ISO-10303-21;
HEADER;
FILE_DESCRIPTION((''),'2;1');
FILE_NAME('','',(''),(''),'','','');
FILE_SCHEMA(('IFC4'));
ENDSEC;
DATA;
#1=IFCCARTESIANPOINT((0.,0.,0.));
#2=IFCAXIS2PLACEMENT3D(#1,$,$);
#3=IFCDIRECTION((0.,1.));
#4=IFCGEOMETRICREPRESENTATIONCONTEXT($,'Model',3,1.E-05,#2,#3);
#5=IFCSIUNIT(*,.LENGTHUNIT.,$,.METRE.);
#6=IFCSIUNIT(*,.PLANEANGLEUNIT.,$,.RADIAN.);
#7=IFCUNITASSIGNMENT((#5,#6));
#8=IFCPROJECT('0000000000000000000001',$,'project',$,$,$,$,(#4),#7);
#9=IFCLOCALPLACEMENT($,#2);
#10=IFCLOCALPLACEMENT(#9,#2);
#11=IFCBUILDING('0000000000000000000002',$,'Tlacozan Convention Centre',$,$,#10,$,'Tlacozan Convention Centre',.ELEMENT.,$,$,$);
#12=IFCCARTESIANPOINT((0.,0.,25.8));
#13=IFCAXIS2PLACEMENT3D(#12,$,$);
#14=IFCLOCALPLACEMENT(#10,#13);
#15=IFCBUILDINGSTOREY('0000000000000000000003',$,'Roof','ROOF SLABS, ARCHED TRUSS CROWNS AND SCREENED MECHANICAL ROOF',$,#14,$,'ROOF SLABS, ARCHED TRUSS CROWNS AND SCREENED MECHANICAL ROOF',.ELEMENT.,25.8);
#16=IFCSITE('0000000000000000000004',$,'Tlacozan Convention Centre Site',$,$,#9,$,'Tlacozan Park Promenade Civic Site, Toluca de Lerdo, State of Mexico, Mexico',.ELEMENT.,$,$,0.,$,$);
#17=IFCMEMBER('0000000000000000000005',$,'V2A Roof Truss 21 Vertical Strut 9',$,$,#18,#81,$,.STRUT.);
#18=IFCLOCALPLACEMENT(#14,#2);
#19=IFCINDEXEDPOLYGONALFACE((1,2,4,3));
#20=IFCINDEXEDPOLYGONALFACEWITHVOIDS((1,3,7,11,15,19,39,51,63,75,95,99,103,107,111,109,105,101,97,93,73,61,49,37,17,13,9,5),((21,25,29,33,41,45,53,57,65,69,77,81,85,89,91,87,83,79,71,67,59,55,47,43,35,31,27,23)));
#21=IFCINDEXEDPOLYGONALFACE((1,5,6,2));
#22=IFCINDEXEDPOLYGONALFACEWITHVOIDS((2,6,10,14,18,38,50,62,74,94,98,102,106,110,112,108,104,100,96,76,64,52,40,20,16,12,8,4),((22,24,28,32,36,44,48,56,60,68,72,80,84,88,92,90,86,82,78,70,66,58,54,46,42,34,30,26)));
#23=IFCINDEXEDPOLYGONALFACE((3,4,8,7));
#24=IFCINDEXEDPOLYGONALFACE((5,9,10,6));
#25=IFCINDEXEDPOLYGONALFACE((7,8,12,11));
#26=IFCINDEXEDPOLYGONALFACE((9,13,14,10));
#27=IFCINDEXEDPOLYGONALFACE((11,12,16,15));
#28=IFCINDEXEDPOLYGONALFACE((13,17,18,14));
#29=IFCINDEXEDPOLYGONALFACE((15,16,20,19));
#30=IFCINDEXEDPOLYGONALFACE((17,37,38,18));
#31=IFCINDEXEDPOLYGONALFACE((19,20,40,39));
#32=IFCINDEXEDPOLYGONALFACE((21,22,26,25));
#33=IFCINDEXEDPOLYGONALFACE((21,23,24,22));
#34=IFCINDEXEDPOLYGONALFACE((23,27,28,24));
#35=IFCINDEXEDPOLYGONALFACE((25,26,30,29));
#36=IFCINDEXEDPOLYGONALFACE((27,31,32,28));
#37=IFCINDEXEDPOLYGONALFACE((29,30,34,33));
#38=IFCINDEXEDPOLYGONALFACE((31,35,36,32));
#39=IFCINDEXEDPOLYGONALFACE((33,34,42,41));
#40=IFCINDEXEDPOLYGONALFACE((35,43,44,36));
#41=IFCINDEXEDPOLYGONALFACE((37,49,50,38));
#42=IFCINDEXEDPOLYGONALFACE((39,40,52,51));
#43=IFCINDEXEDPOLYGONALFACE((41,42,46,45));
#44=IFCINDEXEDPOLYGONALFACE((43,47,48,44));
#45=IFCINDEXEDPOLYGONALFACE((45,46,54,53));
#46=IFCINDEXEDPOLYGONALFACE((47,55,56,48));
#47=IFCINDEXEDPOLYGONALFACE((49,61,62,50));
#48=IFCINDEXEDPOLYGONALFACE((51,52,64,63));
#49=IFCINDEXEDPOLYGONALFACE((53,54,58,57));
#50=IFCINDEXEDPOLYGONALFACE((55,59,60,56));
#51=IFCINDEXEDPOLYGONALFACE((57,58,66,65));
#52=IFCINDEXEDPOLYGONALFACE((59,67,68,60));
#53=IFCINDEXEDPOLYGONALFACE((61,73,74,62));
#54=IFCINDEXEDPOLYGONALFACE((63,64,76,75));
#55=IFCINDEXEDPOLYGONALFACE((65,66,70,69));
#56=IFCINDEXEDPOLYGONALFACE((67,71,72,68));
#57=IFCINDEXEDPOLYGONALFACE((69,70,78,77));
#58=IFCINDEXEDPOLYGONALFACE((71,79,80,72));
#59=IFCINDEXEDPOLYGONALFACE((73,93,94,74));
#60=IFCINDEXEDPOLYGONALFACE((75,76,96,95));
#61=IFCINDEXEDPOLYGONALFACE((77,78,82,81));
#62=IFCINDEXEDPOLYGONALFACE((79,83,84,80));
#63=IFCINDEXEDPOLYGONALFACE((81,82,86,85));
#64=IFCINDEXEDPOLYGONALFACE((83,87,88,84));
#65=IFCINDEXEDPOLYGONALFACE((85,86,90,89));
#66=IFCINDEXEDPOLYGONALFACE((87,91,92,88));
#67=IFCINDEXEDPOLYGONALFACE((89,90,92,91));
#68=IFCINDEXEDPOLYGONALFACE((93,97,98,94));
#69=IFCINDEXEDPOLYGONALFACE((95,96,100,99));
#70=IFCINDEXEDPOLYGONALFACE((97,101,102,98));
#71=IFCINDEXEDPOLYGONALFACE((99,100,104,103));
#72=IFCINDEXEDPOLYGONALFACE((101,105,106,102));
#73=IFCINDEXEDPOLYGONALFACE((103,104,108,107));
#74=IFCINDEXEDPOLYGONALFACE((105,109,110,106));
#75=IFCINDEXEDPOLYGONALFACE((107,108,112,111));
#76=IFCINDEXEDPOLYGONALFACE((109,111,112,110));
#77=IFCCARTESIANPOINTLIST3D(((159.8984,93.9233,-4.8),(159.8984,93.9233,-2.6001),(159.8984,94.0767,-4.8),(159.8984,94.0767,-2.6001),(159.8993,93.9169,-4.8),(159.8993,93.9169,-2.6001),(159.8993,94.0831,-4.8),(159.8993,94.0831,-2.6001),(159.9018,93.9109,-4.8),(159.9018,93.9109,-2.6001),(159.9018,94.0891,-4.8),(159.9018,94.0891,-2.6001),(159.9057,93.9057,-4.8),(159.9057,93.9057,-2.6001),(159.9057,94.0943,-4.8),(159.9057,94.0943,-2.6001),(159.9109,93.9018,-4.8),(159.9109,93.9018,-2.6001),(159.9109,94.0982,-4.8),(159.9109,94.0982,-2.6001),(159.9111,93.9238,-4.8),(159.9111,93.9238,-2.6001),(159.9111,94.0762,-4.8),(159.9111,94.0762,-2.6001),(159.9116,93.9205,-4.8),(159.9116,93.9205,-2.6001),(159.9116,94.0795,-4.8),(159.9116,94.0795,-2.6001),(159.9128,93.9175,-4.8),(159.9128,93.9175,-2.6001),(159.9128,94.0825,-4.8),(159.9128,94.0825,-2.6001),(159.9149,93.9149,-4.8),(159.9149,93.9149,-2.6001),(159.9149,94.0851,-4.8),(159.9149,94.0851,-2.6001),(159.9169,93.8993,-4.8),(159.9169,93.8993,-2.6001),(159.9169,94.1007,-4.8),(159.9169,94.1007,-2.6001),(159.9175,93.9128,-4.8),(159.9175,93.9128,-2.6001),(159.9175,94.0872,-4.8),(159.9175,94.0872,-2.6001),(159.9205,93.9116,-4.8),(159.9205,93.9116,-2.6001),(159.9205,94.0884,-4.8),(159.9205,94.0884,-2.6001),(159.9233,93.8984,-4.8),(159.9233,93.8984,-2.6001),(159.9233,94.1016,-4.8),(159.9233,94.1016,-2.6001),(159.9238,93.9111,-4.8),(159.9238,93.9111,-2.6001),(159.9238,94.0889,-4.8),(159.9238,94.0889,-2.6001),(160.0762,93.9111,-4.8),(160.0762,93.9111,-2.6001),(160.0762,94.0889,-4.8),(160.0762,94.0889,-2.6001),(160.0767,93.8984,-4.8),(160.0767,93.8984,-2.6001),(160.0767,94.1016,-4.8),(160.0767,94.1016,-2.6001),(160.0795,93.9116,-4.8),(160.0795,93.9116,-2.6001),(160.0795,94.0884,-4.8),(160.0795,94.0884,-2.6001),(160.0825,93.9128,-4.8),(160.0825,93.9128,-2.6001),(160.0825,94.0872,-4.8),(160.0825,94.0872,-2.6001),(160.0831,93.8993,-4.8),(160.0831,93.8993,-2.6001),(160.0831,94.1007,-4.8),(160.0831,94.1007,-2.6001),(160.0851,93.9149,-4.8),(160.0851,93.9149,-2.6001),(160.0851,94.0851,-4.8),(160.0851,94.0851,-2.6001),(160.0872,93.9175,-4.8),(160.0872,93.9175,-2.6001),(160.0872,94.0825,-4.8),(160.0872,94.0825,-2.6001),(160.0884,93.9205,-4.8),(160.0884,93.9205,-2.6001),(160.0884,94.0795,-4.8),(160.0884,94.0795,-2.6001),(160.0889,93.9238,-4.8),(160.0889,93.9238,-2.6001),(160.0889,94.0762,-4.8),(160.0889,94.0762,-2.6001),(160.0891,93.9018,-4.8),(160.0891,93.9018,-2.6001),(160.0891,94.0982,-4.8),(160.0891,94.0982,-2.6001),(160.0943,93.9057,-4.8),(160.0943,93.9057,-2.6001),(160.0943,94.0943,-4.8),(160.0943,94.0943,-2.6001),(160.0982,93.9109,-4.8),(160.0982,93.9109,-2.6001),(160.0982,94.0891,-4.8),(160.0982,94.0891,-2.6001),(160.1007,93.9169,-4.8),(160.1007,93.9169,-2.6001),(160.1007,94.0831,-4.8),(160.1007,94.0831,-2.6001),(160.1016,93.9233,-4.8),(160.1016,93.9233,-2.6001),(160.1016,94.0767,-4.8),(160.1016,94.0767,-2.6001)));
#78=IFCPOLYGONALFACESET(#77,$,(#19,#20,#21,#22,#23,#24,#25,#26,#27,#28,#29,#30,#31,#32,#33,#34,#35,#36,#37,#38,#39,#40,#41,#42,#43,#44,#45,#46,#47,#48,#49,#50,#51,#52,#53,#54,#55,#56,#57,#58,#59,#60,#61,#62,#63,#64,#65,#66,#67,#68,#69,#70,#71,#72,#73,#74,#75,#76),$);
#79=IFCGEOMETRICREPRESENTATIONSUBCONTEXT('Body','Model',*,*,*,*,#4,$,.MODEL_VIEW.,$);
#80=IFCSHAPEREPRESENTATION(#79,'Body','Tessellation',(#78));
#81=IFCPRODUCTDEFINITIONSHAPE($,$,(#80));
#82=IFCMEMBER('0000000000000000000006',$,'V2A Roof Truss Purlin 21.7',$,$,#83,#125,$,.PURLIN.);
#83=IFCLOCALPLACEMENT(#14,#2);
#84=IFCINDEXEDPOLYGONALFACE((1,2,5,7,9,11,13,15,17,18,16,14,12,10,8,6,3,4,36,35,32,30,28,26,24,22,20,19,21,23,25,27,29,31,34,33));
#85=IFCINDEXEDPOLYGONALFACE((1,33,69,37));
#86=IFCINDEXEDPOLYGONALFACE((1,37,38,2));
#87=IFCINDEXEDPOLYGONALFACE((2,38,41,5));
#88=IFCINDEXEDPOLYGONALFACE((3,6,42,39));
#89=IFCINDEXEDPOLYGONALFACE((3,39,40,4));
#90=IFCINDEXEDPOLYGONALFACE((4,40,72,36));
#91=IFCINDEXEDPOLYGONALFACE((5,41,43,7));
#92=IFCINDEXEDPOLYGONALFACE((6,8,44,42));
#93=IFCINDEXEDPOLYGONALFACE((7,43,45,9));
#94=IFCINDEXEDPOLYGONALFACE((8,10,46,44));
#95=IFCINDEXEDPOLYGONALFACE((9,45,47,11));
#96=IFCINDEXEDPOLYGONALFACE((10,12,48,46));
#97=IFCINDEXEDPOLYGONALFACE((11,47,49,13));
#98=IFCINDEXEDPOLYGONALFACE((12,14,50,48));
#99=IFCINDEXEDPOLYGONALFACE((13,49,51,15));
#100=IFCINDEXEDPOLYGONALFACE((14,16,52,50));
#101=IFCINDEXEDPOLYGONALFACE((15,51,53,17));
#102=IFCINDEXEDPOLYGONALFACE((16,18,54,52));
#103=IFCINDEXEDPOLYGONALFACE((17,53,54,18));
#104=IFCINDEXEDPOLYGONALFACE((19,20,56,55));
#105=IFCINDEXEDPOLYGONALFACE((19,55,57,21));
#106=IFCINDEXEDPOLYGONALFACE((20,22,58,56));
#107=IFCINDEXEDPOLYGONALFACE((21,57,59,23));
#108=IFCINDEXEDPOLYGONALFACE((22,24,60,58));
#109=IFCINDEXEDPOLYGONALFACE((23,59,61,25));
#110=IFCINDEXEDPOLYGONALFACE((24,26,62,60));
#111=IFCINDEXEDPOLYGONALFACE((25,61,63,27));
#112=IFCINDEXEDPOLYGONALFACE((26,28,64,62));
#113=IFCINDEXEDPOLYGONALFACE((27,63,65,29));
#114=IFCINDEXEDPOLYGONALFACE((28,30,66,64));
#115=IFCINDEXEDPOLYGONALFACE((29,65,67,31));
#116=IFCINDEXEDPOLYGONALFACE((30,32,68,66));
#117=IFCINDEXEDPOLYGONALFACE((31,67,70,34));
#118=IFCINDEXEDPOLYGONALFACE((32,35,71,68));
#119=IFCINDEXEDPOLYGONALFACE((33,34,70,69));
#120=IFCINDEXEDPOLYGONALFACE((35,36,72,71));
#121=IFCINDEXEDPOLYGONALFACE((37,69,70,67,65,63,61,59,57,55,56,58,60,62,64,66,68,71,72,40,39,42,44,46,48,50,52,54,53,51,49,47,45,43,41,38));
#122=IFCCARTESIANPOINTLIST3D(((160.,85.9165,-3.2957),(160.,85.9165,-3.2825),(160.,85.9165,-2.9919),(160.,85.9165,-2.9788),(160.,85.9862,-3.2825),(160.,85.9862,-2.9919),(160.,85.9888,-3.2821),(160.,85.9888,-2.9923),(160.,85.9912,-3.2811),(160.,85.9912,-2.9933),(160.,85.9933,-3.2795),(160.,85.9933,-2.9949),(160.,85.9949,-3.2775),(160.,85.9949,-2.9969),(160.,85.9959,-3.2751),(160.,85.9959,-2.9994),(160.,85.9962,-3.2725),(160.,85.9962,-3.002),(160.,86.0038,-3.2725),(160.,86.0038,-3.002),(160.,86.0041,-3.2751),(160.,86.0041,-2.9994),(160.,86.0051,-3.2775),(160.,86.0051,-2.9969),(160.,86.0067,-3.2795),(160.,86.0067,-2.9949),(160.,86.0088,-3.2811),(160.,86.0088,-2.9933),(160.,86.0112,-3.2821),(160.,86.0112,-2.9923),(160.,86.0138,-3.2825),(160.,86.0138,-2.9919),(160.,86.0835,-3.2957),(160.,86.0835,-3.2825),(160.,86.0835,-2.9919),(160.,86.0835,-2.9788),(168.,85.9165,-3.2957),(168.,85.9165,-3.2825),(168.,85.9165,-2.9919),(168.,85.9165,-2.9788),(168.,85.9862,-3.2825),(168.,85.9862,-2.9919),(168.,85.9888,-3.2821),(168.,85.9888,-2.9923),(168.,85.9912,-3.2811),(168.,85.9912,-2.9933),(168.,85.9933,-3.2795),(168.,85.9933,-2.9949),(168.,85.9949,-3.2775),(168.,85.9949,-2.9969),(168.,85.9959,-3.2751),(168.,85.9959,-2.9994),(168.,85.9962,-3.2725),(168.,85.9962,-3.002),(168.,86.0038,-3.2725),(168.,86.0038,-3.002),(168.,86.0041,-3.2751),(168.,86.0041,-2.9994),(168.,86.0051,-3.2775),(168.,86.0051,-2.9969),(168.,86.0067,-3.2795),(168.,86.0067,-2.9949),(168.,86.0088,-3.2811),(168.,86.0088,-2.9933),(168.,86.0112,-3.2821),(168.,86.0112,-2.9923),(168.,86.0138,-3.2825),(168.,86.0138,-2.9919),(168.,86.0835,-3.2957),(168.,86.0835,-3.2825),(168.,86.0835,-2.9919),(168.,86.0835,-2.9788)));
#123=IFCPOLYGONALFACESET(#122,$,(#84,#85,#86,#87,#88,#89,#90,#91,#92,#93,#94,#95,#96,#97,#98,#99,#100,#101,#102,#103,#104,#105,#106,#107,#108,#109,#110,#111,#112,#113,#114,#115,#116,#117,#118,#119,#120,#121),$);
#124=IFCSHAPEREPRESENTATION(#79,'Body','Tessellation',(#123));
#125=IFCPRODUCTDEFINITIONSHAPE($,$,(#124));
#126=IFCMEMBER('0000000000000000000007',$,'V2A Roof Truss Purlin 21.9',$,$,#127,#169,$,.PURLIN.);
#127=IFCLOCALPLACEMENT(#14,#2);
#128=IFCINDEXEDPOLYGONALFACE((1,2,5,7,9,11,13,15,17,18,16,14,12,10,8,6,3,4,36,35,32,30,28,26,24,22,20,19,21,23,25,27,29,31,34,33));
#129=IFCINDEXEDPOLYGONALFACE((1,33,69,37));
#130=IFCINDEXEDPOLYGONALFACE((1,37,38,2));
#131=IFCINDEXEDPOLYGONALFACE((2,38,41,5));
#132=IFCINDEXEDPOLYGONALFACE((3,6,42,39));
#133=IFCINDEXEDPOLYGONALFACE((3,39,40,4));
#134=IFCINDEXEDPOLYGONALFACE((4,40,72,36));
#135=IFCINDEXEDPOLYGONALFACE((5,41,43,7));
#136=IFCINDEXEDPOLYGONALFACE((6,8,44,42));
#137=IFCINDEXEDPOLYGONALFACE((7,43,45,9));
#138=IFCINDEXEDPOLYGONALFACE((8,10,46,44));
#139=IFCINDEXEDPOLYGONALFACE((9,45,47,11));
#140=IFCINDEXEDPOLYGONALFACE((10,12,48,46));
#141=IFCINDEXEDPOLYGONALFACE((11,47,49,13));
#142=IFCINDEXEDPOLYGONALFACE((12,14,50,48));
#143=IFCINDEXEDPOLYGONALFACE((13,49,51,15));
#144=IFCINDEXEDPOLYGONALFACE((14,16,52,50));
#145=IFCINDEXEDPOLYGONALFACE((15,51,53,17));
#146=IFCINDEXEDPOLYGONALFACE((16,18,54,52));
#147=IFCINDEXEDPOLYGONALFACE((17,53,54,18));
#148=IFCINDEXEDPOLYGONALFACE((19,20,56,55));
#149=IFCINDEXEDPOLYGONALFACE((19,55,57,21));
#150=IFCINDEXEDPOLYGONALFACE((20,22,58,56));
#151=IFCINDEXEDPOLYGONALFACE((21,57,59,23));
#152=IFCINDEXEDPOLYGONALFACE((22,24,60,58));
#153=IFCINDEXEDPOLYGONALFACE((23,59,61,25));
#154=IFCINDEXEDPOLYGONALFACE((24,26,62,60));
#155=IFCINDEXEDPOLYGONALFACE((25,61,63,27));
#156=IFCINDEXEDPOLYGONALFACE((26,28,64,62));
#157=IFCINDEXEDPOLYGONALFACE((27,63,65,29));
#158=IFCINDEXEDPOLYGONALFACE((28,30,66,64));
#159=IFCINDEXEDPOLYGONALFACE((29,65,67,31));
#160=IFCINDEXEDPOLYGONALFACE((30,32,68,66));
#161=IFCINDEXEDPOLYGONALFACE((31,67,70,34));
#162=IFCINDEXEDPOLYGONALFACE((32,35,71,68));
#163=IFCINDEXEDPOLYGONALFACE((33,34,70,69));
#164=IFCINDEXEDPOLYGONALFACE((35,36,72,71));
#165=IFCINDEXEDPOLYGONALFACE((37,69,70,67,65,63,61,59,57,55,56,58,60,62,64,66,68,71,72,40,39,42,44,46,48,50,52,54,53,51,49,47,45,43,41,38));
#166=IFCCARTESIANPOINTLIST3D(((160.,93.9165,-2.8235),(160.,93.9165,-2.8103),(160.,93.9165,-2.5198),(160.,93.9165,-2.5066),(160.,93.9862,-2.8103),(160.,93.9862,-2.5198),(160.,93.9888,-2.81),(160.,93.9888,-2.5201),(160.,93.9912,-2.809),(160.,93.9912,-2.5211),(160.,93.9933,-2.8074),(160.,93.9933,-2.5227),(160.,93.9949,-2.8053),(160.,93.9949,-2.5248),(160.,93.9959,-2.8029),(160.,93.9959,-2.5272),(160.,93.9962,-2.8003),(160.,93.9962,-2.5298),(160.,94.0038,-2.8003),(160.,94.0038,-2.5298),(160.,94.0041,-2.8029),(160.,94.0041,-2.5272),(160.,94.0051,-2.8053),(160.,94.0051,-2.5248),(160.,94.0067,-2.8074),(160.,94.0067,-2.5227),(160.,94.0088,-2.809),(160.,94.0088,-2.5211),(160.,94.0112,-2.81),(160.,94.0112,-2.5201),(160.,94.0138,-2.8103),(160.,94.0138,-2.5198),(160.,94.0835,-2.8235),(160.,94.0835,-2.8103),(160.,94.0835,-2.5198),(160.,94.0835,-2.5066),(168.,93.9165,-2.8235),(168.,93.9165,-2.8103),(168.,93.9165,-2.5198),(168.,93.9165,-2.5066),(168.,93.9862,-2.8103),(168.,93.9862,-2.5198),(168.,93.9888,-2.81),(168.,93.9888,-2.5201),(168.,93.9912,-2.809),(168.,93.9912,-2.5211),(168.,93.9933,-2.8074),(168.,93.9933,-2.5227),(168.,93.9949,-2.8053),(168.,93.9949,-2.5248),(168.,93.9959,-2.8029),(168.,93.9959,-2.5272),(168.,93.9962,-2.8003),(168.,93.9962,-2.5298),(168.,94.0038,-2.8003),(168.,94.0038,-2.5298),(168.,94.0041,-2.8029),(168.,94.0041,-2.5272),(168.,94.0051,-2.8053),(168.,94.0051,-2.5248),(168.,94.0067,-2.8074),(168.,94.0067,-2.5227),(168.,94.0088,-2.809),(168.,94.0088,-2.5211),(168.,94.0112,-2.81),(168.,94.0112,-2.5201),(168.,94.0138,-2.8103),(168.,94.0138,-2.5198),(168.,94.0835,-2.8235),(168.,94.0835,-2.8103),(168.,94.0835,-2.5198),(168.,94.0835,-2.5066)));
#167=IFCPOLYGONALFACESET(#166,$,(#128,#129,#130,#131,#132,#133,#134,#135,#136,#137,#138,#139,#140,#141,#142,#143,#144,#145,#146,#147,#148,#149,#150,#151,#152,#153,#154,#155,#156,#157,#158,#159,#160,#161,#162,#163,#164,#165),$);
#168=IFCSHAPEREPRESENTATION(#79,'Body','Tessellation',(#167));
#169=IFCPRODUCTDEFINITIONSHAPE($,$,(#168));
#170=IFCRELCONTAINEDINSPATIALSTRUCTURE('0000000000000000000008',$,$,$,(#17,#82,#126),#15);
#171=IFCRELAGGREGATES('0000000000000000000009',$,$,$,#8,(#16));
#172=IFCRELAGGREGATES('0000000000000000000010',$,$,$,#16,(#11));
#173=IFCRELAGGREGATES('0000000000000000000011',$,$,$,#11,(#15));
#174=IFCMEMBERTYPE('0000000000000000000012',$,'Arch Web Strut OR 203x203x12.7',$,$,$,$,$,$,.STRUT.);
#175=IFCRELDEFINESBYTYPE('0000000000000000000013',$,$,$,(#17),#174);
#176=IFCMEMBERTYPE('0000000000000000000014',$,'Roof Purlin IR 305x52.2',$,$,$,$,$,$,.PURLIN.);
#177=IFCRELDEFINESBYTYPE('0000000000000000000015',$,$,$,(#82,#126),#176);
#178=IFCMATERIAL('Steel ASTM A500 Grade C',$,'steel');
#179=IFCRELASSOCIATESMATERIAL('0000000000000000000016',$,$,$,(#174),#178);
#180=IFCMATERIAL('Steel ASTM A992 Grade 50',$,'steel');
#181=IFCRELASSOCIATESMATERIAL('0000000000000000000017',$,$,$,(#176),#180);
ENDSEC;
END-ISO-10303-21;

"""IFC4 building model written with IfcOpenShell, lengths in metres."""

from ifc_helpers import new_model, si_unit, direction, frame, origin, origin_2d, place, context, subcontext, project, spatial, hollow_rectangle, i_section, extrude, material, material_profile, profile_set, type_object, element, save


model = new_model("IFC4")

# Units and contexts
model_context = context("Model", 3, precision=1e-05, world=origin(), true_north=direction((0.0, 1.0)))
body_context = subcontext(model_context, "Body", "Model", "MODEL_VIEW")
ifc_project = project(units=[si_unit("LENGTHUNIT", "METRE"), si_unit("PLANEANGLEUNIT", "RADIAN")], contexts=[model_context])

# Site, building, storey
site_placement = place(None, origin())
site = spatial("IfcSite", under=ifc_project, at=site_placement, Name="Tlacozan Convention Centre Site", LongName="Tlacozan Park Promenade Civic Site, Toluca de Lerdo, State of Mexico, Mexico", CompositionType="ELEMENT", RefElevation=0.0)
building_placement = place(site_placement, origin())
building = spatial("IfcBuilding", under=site, at=building_placement, Name="Tlacozan Convention Centre", LongName="Tlacozan Convention Centre", CompositionType="ELEMENT")
storey_placement = place(building_placement, frame((0.0, 0.0, 25.8)))
storey = spatial("IfcBuildingStorey", under=building, at=storey_placement, Name="Roof", Description="ROOF SLABS, ARCHED TRUSS CROWNS AND SCREENED MECHANICAL ROOF", LongName="ROOF SLABS, ARCHED TRUSS CROWNS AND SCREENED MECHANICAL ROOF", CompositionType="ELEMENT", Elevation=25.8)

# Members
ifc_material_1 = material(Name="Steel ASTM A500 Grade C", Category="steel")
ifc_material_profile_1 = material_profile(ifc_material_1, hollow_rectangle(XDim=0.2031, YDim=0.2031, WallThickness=0.0127, InnerFilletRadius=0.0127, OuterFilletRadius=0.0249, at=origin_2d()), Name="OR 203x203x12.7")
ifc_profile_set_1 = profile_set([ifc_material_profile_1], Name="Steel ASTM A500 Grade C")
member_type_1 = type_object("IfcMemberType", Name="Arch Web Strut OR 203x203x12.7", PredefinedType="STRUT", material=ifc_profile_set_1)
for number, where, z_axis, x_axis, name in (
    (1, (160.0, 94.0, -4.8), (0.0, 0.0, 1.0), (1.0, 0.0, 0.0), "V2A Roof Truss 21 Vertical Strut 9"),
):
    element("IfcMember", number, at=place(storey_placement, frame(where, z_axis=z_axis, x_axis=x_axis)), inside=storey, type_object=member_type_1, Name=name, PredefinedType="STRUT", context=body_context, shape_type="SweptSolid", body=[
        extrude(hollow_rectangle(XDim=0.2031, YDim=0.2031, WallThickness=0.0127, InnerFilletRadius=0.0127, OuterFilletRadius=0.0249, at=origin_2d()), origin(), (0.0, 0.0, 1.0), 2.2),
    ])
ifc_material_2 = material(Name="Steel ASTM A992 Grade 50", Category="steel")
ifc_material_profile_2 = material_profile(ifc_material_2, i_section(OverallWidth=0.167, OverallDepth=0.3169, WebThickness=0.0076, FlangeThickness=0.0132, FilletRadius=0.01, at=origin_2d()), Name="IR 305x52.2")
ifc_profile_set_2 = profile_set([ifc_material_profile_2], Name="Steel ASTM A992 Grade 50")
member_type_2 = type_object("IfcMemberType", Name="Roof Purlin IR 305x52.2", PredefinedType="PURLIN", material=ifc_profile_set_2)
for number, where, z_axis, x_axis, name in (
    (2, (160.0, 86.0, -3.1372), (1.0, 0.0, 0.0), (0.0, 1.0, 0.0), "V2A Roof Truss Purlin 21.7"),
    (3, (160.0, 94.0, -2.665), (1.0, 0.0, 0.0), (0.0, 1.0, 0.0), "V2A Roof Truss Purlin 21.9"),
):
    element("IfcMember", number, at=place(storey_placement, frame(where, z_axis=z_axis, x_axis=x_axis)), inside=storey, type_object=member_type_2, Name=name, PredefinedType="PURLIN", context=body_context, shape_type="SweptSolid", body=[
        extrude(i_section(OverallWidth=0.167, OverallDepth=0.3169, WebThickness=0.0076, FlangeThickness=0.0132, FilletRadius=0.01, at=origin_2d()), origin(), (0.0, 0.0, 1.0), 8.0),
    ])

save(model, "model.ifc")
